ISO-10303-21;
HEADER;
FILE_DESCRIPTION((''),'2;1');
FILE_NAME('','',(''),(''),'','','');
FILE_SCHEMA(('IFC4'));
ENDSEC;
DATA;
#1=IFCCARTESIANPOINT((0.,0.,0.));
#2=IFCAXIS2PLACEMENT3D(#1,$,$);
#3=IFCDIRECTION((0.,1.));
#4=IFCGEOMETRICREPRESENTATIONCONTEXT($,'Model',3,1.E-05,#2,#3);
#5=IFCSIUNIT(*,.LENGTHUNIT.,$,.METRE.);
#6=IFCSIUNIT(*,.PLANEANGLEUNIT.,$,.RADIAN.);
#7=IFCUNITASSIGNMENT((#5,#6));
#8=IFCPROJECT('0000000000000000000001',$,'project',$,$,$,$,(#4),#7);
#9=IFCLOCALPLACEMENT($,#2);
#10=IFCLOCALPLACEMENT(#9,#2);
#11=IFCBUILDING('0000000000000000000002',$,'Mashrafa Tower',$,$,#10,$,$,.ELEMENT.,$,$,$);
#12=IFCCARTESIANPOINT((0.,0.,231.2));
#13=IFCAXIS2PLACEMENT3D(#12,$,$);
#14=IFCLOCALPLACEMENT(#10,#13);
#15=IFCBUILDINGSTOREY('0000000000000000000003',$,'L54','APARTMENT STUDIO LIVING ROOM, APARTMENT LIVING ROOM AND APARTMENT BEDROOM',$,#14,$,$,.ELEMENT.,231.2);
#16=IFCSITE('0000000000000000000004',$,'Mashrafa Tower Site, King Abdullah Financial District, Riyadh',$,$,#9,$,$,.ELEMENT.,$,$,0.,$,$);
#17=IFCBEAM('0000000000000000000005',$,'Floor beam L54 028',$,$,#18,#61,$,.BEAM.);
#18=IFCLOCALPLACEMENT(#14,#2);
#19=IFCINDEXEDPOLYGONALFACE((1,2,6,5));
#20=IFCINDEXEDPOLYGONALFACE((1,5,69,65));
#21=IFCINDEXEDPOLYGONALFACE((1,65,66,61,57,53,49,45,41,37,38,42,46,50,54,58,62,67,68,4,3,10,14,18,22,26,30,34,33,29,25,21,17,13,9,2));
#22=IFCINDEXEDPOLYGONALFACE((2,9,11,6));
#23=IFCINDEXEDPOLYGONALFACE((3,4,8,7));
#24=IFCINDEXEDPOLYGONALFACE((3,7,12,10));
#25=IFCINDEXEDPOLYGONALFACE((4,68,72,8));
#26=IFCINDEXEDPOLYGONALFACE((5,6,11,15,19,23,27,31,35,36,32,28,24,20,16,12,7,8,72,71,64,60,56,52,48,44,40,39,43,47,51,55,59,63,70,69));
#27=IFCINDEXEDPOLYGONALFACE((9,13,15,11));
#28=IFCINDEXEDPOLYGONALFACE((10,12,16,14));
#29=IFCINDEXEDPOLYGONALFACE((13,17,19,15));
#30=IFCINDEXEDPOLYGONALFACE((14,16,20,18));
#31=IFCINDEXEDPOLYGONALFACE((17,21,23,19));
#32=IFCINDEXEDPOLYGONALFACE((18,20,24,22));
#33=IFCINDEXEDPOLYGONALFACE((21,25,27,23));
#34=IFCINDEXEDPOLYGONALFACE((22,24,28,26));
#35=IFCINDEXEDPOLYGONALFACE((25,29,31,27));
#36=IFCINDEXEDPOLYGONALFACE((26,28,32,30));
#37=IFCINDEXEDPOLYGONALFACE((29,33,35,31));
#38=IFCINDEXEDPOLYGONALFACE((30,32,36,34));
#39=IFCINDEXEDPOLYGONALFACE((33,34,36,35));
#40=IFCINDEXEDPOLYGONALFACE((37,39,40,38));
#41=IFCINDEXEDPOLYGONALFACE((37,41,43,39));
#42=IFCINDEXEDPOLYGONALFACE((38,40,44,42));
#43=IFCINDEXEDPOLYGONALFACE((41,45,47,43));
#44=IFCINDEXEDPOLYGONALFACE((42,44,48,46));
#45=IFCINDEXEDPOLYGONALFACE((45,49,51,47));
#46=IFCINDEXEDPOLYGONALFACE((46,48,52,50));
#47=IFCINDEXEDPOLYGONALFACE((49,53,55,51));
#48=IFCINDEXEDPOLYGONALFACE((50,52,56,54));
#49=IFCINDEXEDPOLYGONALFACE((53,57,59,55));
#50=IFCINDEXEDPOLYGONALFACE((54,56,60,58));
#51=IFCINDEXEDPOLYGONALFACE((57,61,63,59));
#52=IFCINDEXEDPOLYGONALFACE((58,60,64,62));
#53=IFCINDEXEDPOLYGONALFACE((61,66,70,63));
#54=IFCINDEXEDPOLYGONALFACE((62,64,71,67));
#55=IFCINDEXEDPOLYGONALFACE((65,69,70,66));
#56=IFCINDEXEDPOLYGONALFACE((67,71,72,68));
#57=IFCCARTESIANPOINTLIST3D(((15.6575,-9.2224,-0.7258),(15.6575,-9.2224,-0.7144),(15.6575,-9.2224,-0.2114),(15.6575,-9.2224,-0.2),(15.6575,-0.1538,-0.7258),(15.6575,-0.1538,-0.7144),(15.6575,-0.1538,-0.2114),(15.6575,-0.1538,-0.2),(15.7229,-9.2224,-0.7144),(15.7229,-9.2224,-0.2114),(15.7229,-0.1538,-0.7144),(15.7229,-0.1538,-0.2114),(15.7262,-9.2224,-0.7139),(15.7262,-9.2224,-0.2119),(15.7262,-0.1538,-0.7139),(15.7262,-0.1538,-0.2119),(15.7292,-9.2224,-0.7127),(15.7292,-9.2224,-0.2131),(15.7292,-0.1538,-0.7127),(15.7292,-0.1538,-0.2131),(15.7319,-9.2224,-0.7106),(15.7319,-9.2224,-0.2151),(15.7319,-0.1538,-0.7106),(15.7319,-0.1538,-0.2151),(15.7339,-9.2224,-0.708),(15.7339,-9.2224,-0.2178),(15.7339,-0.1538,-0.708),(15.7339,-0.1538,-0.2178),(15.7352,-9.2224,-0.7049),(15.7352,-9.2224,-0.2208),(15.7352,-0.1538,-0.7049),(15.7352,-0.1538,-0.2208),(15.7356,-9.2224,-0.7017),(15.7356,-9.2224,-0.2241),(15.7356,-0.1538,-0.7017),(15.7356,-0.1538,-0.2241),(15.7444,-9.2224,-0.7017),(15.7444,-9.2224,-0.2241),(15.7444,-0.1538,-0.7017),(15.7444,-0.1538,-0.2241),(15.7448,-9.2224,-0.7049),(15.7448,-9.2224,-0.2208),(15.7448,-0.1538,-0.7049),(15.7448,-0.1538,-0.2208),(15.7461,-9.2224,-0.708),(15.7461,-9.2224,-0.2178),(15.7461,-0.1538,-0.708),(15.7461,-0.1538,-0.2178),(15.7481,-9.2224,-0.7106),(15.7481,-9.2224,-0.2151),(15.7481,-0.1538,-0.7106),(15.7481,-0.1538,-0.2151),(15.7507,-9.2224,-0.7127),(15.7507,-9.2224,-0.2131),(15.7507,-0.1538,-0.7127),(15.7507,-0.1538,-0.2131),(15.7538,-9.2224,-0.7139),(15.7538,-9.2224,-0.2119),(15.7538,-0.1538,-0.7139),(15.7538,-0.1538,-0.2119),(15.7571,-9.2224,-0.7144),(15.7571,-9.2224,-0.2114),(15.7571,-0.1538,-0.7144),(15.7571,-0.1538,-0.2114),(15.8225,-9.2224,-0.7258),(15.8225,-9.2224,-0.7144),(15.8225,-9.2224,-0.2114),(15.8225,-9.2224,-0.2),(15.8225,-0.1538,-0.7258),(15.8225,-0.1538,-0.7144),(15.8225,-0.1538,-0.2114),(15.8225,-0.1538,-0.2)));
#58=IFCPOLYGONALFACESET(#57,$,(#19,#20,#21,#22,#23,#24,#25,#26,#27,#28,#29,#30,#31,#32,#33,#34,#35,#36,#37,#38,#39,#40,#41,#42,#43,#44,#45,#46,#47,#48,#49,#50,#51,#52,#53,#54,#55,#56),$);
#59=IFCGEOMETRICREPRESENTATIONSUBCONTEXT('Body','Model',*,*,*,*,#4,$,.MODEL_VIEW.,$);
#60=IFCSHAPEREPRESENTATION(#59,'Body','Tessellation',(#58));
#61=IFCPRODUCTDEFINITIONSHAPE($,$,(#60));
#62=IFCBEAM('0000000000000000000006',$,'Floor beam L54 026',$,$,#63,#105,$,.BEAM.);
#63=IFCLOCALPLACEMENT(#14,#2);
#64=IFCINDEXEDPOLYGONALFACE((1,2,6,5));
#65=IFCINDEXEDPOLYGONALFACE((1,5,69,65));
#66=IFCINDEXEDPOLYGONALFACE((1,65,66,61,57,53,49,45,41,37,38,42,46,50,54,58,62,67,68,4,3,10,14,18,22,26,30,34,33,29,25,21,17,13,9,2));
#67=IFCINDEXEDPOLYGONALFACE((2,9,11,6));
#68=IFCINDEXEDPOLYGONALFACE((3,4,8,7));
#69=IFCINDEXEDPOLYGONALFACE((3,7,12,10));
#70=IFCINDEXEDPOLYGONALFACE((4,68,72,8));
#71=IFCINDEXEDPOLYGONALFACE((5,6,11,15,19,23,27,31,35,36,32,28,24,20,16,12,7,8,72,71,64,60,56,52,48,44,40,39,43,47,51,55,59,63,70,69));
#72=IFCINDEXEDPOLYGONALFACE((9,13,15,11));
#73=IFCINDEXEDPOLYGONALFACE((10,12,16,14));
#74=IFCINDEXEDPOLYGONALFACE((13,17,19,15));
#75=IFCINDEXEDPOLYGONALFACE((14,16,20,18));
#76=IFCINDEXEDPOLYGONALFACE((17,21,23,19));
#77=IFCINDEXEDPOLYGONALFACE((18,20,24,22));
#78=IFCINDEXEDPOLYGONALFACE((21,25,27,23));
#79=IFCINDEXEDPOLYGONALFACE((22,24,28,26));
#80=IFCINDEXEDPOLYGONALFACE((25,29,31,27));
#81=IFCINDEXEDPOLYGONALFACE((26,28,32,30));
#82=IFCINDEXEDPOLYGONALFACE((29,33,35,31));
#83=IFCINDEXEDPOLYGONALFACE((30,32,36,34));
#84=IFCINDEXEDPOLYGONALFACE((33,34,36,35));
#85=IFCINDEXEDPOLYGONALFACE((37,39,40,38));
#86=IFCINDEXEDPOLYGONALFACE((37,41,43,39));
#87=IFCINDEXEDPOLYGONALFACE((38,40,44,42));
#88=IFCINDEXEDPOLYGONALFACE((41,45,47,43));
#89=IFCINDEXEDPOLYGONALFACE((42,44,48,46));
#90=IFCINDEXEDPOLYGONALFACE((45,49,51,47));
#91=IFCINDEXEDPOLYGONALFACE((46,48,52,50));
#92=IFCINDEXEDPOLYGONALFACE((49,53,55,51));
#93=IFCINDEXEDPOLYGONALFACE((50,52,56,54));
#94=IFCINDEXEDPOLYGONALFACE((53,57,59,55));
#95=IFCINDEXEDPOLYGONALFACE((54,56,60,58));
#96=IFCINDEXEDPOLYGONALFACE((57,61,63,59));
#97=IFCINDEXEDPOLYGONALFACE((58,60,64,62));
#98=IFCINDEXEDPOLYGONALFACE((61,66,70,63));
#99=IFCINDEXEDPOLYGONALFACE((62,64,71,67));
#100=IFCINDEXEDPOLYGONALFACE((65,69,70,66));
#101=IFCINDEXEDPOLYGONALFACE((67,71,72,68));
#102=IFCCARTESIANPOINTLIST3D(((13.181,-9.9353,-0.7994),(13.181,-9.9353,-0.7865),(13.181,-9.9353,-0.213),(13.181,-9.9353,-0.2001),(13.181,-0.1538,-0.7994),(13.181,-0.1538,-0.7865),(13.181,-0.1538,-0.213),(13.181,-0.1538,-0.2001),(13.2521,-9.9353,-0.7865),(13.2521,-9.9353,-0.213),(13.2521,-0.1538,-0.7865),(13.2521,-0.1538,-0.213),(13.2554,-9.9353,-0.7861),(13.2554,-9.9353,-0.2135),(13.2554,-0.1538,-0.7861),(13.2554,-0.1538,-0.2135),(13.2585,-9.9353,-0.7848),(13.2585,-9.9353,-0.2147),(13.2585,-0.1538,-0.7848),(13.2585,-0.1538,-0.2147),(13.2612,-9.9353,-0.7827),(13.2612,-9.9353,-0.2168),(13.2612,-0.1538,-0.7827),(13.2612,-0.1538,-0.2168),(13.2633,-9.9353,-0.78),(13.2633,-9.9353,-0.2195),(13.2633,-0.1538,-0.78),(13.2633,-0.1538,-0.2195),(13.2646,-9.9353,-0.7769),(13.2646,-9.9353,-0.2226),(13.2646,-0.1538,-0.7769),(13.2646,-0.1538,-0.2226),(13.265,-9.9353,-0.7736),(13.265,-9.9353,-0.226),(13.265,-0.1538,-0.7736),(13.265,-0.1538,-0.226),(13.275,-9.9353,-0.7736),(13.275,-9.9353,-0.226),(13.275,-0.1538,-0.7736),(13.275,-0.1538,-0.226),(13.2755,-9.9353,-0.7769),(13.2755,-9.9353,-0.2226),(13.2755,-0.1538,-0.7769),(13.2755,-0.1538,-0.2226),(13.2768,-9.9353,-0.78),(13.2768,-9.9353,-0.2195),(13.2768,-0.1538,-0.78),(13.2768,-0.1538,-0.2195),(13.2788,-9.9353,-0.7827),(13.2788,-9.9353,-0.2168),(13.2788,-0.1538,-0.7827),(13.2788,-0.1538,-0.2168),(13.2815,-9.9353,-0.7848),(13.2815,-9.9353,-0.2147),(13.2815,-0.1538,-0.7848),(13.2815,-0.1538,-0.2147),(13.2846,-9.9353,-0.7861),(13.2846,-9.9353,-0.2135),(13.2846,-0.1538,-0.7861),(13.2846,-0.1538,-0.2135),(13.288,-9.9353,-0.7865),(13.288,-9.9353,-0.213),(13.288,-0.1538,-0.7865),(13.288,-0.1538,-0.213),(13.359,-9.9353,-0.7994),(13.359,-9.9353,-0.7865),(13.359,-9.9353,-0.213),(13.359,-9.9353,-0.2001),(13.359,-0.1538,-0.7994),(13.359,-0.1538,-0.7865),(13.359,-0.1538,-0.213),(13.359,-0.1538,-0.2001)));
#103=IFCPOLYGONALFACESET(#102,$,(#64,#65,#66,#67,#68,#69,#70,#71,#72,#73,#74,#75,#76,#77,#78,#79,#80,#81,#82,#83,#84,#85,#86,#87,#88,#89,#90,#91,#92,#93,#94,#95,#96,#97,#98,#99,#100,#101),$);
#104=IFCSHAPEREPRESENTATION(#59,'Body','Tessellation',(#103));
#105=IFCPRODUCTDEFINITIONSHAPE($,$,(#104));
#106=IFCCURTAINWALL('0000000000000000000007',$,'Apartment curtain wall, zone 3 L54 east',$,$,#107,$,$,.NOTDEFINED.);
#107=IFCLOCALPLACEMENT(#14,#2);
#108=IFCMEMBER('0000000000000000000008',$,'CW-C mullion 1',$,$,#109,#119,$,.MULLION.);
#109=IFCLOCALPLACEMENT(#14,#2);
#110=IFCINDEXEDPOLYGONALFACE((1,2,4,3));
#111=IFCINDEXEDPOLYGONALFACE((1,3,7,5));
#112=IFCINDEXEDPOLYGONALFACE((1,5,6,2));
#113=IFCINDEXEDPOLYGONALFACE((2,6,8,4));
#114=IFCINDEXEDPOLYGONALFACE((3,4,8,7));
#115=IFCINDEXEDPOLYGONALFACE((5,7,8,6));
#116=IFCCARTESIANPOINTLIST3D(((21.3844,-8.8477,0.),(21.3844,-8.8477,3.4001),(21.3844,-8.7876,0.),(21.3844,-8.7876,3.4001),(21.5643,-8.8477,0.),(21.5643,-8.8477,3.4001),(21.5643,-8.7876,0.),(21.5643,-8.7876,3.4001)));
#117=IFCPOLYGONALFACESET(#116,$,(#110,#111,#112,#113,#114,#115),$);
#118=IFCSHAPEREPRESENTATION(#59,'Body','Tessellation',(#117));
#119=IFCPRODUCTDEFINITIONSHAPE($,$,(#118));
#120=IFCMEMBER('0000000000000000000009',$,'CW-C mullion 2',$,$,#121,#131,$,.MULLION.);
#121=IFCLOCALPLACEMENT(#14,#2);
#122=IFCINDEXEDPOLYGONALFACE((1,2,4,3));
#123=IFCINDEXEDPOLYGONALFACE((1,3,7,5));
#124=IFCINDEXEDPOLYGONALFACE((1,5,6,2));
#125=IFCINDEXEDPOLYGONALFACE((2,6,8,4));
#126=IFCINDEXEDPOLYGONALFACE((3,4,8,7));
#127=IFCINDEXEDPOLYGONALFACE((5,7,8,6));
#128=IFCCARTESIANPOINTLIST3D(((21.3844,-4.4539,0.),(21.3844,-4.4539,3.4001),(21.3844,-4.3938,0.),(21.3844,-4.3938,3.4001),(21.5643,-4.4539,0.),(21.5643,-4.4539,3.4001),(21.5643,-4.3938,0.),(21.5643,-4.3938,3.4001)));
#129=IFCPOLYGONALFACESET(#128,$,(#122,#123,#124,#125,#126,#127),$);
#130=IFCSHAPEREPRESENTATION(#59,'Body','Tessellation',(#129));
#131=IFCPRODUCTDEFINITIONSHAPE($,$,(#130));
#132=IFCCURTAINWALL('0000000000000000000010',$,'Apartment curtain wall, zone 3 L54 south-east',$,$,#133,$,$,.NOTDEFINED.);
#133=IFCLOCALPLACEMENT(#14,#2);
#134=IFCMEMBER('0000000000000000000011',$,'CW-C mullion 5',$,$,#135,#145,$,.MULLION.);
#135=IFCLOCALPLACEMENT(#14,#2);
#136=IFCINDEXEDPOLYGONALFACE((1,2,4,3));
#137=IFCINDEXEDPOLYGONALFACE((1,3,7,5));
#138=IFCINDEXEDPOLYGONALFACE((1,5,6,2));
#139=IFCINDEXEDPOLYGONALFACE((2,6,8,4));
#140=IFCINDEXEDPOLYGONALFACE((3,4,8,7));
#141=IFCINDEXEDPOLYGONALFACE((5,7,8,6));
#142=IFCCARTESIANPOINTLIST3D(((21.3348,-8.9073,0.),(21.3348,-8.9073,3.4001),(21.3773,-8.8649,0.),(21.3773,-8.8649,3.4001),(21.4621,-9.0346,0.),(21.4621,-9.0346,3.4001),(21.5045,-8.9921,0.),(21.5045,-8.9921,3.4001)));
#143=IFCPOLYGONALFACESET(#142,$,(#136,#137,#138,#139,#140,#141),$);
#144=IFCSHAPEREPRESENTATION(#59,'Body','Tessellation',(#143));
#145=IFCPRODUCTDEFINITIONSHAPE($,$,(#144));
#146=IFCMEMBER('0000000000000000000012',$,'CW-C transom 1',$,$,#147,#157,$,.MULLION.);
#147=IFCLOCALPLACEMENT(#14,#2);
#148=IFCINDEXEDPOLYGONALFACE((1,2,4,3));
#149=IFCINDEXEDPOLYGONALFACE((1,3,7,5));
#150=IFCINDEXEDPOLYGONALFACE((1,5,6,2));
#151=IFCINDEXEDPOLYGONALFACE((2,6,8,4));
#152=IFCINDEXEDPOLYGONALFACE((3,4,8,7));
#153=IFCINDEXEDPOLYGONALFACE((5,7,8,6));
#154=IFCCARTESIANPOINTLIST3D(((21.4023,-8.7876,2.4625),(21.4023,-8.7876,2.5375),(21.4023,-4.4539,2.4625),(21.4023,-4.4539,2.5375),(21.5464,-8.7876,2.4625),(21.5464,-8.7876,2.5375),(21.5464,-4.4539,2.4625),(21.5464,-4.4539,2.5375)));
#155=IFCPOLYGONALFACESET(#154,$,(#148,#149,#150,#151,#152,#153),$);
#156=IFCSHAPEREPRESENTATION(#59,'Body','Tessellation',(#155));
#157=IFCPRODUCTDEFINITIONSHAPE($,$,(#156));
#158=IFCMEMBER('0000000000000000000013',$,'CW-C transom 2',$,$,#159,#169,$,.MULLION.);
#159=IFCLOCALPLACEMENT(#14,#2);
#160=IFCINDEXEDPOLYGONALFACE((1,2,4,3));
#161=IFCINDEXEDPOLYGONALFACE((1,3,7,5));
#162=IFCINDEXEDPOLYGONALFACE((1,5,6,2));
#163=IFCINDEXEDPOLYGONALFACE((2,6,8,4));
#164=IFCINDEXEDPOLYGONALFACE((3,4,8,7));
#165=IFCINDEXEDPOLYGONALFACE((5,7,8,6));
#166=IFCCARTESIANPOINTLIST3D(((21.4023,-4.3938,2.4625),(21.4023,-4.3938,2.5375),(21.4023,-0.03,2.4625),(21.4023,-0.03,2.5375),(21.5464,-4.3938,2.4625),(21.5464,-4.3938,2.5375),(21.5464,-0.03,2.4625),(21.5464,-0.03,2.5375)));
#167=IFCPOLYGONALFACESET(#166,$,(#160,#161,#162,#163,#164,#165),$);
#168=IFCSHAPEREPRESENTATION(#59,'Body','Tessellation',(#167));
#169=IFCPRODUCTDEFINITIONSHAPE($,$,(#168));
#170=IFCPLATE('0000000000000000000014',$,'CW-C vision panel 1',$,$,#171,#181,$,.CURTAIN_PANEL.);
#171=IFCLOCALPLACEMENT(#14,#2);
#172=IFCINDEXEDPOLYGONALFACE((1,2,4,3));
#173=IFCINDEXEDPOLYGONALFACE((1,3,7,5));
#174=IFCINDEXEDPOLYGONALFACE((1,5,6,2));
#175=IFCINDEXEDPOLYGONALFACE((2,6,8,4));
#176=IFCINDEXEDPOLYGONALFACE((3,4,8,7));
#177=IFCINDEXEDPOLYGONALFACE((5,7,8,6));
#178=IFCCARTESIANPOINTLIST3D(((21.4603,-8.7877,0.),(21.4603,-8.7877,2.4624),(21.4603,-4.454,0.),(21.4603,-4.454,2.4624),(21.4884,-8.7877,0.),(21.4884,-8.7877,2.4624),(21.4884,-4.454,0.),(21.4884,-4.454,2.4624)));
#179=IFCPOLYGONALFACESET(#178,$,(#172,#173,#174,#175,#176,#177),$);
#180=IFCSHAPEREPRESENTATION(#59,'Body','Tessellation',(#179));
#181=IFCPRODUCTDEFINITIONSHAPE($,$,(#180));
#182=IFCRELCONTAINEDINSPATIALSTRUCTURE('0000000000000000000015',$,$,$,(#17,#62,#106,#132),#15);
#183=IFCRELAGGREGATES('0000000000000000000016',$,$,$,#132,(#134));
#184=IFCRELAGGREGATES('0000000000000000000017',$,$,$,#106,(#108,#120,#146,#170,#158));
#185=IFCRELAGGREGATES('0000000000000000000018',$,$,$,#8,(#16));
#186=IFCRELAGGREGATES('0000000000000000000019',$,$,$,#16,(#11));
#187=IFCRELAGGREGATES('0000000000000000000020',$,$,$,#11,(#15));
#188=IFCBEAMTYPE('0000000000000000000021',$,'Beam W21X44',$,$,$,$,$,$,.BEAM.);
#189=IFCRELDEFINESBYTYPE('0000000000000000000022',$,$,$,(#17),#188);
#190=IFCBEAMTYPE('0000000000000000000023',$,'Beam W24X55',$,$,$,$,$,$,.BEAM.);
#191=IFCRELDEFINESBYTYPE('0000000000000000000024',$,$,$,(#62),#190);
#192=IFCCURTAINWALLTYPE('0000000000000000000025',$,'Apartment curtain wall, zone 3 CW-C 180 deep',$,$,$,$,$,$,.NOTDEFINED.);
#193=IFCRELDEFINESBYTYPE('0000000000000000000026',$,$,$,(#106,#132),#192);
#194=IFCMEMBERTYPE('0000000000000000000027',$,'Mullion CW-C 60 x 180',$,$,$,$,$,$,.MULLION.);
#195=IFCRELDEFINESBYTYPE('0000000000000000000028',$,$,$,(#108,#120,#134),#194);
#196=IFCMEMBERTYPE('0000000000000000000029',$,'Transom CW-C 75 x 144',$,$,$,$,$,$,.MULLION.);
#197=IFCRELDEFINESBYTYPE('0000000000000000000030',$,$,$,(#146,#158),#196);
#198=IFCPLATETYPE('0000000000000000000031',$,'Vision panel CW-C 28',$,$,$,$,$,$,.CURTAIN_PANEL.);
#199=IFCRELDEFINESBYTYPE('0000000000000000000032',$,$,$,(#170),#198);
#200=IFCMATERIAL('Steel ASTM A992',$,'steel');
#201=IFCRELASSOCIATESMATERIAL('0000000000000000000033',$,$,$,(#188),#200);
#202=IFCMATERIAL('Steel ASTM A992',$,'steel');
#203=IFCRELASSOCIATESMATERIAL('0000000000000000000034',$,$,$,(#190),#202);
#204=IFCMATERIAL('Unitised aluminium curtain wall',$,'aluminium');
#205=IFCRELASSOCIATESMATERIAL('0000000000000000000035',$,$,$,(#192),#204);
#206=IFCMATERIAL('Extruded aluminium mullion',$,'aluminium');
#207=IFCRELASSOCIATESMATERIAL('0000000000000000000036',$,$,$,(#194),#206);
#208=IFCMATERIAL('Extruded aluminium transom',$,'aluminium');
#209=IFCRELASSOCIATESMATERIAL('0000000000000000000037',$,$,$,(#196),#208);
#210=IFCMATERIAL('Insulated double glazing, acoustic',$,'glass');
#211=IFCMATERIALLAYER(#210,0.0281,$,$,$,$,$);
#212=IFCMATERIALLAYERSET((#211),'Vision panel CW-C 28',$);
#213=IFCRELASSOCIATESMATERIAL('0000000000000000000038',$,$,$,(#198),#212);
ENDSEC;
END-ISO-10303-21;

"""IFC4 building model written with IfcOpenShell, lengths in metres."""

from ifc_helpers import new_model, si_unit, direction, frame, origin, origin_2d, place, context, subcontext, project, spatial, rectangle, i_section, extrude, source, transform, mapped, material, layer, layer_set, material_profile, profile_set, type_object, type_shapes, element, aggregate, save


model = new_model("IFC4")

# Units and contexts
model_context = context("Model", 3, precision=1e-05, world=origin(), true_north=direction((0.0, 1.0)))
body_context = subcontext(model_context, "Body", "Model", "MODEL_VIEW")
ifc_project = project(units=[si_unit("LENGTHUNIT", "METRE"), si_unit("PLANEANGLEUNIT", "RADIAN")], contexts=[model_context])

# Site, building, storey
site_placement = place(None, origin())
site = spatial("IfcSite", under=ifc_project, at=site_placement, Name="Mashrafa Tower Site, King Abdullah Financial District, Riyadh", CompositionType="ELEMENT", RefElevation=0.0)
building_placement = place(site_placement, origin())
building = spatial("IfcBuilding", under=site, at=building_placement, Name="Mashrafa Tower", CompositionType="ELEMENT")
storey_placement = place(building_placement, frame((0.0, 0.0, 231.2)))
storey = spatial("IfcBuildingStorey", under=building, at=storey_placement, Name="L54", Description="APARTMENT STUDIO LIVING ROOM, APARTMENT LIVING ROOM AND APARTMENT BEDROOM", CompositionType="ELEMENT", Elevation=231.2)

# Beams
ifc_material_1 = material(Name="Steel ASTM A992", Category="steel")
ifc_material_profile_1 = material_profile(ifc_material_1, i_section(OverallWidth=0.165, OverallDepth=0.5259, WebThickness=0.0088, FlangeThickness=0.0115, FilletRadius=0.0127, at=origin_2d()), Name="W21X44")
ifc_profile_set_1 = profile_set([ifc_material_profile_1], Name="Steel ASTM A992")
beam_type_1 = type_object("IfcBeamType", Name="Beam W21X44", PredefinedType="BEAM", material=ifc_profile_set_1)
beam_1_placement = place(storey_placement, frame((15.74, -0.1538, -0.4629), z_axis=(0.0, -1.0, 0.0), x_axis=(1.0, 0.0, 0.0)))
element("IfcBeam", 1, at=beam_1_placement, inside=storey, type_object=beam_type_1, Name="Floor beam L54 028", PredefinedType="BEAM", context=body_context, shape_type="SweptSolid", body=[
    extrude(i_section(OverallWidth=0.165, OverallDepth=0.5259, WebThickness=0.0088, FlangeThickness=0.0115, FilletRadius=0.0127, at=origin_2d()), origin(), (0.0, 0.0, 1.0), 9.0686),
])
ifc_material_2 = material(Name="Steel ASTM A992", Category="steel")
ifc_material_profile_2 = material_profile(ifc_material_2, i_section(OverallWidth=0.178, OverallDepth=0.5994, WebThickness=0.01, FlangeThickness=0.0129, FilletRadius=0.0129, at=origin_2d()), Name="W24X55")
ifc_profile_set_2 = profile_set([ifc_material_profile_2], Name="Steel ASTM A992")
beam_type_2 = type_object("IfcBeamType", Name="Beam W24X55", PredefinedType="BEAM", material=ifc_profile_set_2)
beam_2_placement = place(storey_placement, frame((13.27, -0.1538, -0.4998), z_axis=(0.0, -1.0, 0.0), x_axis=(1.0, 0.0, 0.0)))
element("IfcBeam", 2, at=beam_2_placement, inside=storey, type_object=beam_type_2, Name="Floor beam L54 026", PredefinedType="BEAM", context=body_context, shape_type="SweptSolid", body=[
    extrude(i_section(OverallWidth=0.178, OverallDepth=0.5994, WebThickness=0.01, FlangeThickness=0.0129, FilletRadius=0.0129, at=origin_2d()), origin(), (0.0, 0.0, 1.0), 9.7815),
])

# Curtain wall, members
ifc_material_3 = material(Name="Unitised aluminium curtain wall", Category="aluminium")
curtain_wall_type = type_object("IfcCurtainWallType", Name="Apartment curtain wall, zone 3 CW-C 180 deep", PredefinedType="NOTDEFINED", material=ifc_material_3)
curtain_wall_1_placement = place(storey_placement, origin())
curtain_wall_1 = element("IfcCurtainWall", 3, at=curtain_wall_1_placement, inside=storey, type_object=curtain_wall_type, Name="Apartment curtain wall, zone 3 L54 east", PredefinedType="NOTDEFINED")
ifc_material_4 = material(Name="Extruded aluminium mullion", Category="aluminium")
ifc_material_profile_3 = material_profile(ifc_material_4, rectangle(XDim=0.1799, YDim=0.0601, at=origin_2d()), Name="Mullion 60x180")
ifc_profile_set_3 = profile_set([ifc_material_profile_3], Name="Extruded aluminium mullion")
member_type_1 = type_object("IfcMemberType", Name="Mullion CW-C 60 x 180", PredefinedType="MULLION", material=ifc_profile_set_3)
shared_shape_1 = source(origin(), body_context, "Body", "SweptSolid", [
    extrude(rectangle(XDim=0.1799, YDim=0.0601, at=origin_2d()), origin(), (0.0, 0.0, 1.0), 3.4001),
])
type_shapes(member_type_1, [shared_shape_1])
member_1_placement = place(storey_placement, frame((21.4744, -8.8176, 0.0), z_axis=(0.0, 0.0, 1.0), x_axis=(-1.0, 0.0, 0.0)))
member_1 = element("IfcMember", 4, at=member_1_placement, type_object=member_type_1, Name="CW-C mullion 1", PredefinedType="MULLION", context=body_context, shape_type="MappedRepresentation", body=[
    mapped(shared_shape_1, transform((0.0, 0.0, 0.0))),
])
member_2_placement = place(storey_placement, frame((21.4744, -4.4238, 0.0), z_axis=(0.0, 0.0, 1.0), x_axis=(-1.0, 0.0, 0.0)))
member_2 = element("IfcMember", 5, at=member_2_placement, type_object=member_type_1, Name="CW-C mullion 2", PredefinedType="MULLION", context=body_context, shape_type="MappedRepresentation", body=[
    mapped(shared_shape_1, transform((0.0, 0.0, 0.0))),
])

# Curtain wall, member
curtain_wall_2_placement = place(storey_placement, origin())
curtain_wall_2 = element("IfcCurtainWall", 6, at=curtain_wall_2_placement, inside=storey, type_object=curtain_wall_type, Name="Apartment curtain wall, zone 3 L54 south-east", PredefinedType="NOTDEFINED")
member_3_placement = place(storey_placement, frame((21.4197, -8.9497, 0.0), z_axis=(0.0, 0.0, 1.0), x_axis=(-0.707107, 0.707107, 0.0)))
member_3 = element("IfcMember", 7, at=member_3_placement, type_object=member_type_1, Name="CW-C mullion 5", PredefinedType="MULLION", context=body_context, shape_type="MappedRepresentation", body=[
    mapped(shared_shape_1, transform((0.0, 0.0, 0.0))),
])
aggregate(curtain_wall_2, [member_3])

# Members
ifc_material_5 = material(Name="Extruded aluminium transom", Category="aluminium")
ifc_material_profile_4 = material_profile(ifc_material_5, rectangle(XDim=0.144, YDim=0.075, at=origin_2d()), Name="Transom 75x144")
ifc_profile_set_4 = profile_set([ifc_material_profile_4], Name="Extruded aluminium transom")
member_type_2 = type_object("IfcMemberType", Name="Transom CW-C 75 x 144", PredefinedType="MULLION", material=ifc_profile_set_4)
shared_shape_2 = source(origin(), body_context, "Body", "SweptSolid", [
    extrude(rectangle(XDim=0.144, YDim=0.075, at=origin_2d()), origin(), (0.0, 0.0, 1.0), 4.3337),
])
member_4_placement = place(storey_placement, frame((21.4744, -8.7876, 2.5), z_axis=(0.0, 1.0, 0.0), x_axis=(-1.0, 0.0, 0.0)))
member_4 = element("IfcMember", 8, at=member_4_placement, type_object=member_type_2, Name="CW-C transom 1", PredefinedType="MULLION", context=body_context, shape_type="MappedRepresentation", body=[
    mapped(shared_shape_2, transform((0.0, 0.0, 0.0))),
])
shared_shape_3 = source(origin(), body_context, "Body", "SweptSolid", [
    extrude(rectangle(XDim=0.144, YDim=0.075, at=origin_2d()), origin(), (0.0, 0.0, 1.0), 4.3638),
])
type_shapes(member_type_2, [shared_shape_2, shared_shape_3])
member_5_placement = place(storey_placement, frame((21.4744, -4.3938, 2.5), z_axis=(0.0, 1.0, 0.0), x_axis=(-1.0, 0.0, 0.0)))
member_5 = element("IfcMember", 9, at=member_5_placement, type_object=member_type_2, Name="CW-C transom 2", PredefinedType="MULLION", context=body_context, shape_type="MappedRepresentation", body=[
    mapped(shared_shape_3, transform((0.0, 0.0, 0.0))),
])

# Plate
ifc_material_6 = material(Name="Insulated double glazing, acoustic", Category="glass")
ifc_layer_1 = layer(ifc_material_6, 0.0281)
ifc_layer_set_1 = layer_set([ifc_layer_1], Name="Vision panel CW-C 28")
plate_type_1 = type_object("IfcPlateType", Name="Vision panel CW-C 28", PredefinedType="CURTAIN_PANEL", material=ifc_layer_set_1)
shared_shape_4 = source(origin(), body_context, "Body", "SweptSolid", [
    extrude(rectangle(XDim=4.3337, YDim=0.0281, at=origin_2d()), origin(), (0.0, 0.0, 1.0), 2.4624),
])
plate_1_placement = place(storey_placement, frame((21.4744, -6.6208, 0.0), z_axis=(0.0, 0.0, 1.0), x_axis=(0.0, 1.0, 0.0)))
plate_1 = element("IfcPlate", 10, at=plate_1_placement, type_object=plate_type_1, Name="CW-C vision panel 1", PredefinedType="CURTAIN_PANEL", context=body_context, shape_type="MappedRepresentation", body=[
    mapped(shared_shape_4, transform((0.0, 0.0, 0.0))),
])
aggregate(curtain_wall_1, [member_1, member_2, member_4, plate_1, member_5])

save(model, "model.ifc")
